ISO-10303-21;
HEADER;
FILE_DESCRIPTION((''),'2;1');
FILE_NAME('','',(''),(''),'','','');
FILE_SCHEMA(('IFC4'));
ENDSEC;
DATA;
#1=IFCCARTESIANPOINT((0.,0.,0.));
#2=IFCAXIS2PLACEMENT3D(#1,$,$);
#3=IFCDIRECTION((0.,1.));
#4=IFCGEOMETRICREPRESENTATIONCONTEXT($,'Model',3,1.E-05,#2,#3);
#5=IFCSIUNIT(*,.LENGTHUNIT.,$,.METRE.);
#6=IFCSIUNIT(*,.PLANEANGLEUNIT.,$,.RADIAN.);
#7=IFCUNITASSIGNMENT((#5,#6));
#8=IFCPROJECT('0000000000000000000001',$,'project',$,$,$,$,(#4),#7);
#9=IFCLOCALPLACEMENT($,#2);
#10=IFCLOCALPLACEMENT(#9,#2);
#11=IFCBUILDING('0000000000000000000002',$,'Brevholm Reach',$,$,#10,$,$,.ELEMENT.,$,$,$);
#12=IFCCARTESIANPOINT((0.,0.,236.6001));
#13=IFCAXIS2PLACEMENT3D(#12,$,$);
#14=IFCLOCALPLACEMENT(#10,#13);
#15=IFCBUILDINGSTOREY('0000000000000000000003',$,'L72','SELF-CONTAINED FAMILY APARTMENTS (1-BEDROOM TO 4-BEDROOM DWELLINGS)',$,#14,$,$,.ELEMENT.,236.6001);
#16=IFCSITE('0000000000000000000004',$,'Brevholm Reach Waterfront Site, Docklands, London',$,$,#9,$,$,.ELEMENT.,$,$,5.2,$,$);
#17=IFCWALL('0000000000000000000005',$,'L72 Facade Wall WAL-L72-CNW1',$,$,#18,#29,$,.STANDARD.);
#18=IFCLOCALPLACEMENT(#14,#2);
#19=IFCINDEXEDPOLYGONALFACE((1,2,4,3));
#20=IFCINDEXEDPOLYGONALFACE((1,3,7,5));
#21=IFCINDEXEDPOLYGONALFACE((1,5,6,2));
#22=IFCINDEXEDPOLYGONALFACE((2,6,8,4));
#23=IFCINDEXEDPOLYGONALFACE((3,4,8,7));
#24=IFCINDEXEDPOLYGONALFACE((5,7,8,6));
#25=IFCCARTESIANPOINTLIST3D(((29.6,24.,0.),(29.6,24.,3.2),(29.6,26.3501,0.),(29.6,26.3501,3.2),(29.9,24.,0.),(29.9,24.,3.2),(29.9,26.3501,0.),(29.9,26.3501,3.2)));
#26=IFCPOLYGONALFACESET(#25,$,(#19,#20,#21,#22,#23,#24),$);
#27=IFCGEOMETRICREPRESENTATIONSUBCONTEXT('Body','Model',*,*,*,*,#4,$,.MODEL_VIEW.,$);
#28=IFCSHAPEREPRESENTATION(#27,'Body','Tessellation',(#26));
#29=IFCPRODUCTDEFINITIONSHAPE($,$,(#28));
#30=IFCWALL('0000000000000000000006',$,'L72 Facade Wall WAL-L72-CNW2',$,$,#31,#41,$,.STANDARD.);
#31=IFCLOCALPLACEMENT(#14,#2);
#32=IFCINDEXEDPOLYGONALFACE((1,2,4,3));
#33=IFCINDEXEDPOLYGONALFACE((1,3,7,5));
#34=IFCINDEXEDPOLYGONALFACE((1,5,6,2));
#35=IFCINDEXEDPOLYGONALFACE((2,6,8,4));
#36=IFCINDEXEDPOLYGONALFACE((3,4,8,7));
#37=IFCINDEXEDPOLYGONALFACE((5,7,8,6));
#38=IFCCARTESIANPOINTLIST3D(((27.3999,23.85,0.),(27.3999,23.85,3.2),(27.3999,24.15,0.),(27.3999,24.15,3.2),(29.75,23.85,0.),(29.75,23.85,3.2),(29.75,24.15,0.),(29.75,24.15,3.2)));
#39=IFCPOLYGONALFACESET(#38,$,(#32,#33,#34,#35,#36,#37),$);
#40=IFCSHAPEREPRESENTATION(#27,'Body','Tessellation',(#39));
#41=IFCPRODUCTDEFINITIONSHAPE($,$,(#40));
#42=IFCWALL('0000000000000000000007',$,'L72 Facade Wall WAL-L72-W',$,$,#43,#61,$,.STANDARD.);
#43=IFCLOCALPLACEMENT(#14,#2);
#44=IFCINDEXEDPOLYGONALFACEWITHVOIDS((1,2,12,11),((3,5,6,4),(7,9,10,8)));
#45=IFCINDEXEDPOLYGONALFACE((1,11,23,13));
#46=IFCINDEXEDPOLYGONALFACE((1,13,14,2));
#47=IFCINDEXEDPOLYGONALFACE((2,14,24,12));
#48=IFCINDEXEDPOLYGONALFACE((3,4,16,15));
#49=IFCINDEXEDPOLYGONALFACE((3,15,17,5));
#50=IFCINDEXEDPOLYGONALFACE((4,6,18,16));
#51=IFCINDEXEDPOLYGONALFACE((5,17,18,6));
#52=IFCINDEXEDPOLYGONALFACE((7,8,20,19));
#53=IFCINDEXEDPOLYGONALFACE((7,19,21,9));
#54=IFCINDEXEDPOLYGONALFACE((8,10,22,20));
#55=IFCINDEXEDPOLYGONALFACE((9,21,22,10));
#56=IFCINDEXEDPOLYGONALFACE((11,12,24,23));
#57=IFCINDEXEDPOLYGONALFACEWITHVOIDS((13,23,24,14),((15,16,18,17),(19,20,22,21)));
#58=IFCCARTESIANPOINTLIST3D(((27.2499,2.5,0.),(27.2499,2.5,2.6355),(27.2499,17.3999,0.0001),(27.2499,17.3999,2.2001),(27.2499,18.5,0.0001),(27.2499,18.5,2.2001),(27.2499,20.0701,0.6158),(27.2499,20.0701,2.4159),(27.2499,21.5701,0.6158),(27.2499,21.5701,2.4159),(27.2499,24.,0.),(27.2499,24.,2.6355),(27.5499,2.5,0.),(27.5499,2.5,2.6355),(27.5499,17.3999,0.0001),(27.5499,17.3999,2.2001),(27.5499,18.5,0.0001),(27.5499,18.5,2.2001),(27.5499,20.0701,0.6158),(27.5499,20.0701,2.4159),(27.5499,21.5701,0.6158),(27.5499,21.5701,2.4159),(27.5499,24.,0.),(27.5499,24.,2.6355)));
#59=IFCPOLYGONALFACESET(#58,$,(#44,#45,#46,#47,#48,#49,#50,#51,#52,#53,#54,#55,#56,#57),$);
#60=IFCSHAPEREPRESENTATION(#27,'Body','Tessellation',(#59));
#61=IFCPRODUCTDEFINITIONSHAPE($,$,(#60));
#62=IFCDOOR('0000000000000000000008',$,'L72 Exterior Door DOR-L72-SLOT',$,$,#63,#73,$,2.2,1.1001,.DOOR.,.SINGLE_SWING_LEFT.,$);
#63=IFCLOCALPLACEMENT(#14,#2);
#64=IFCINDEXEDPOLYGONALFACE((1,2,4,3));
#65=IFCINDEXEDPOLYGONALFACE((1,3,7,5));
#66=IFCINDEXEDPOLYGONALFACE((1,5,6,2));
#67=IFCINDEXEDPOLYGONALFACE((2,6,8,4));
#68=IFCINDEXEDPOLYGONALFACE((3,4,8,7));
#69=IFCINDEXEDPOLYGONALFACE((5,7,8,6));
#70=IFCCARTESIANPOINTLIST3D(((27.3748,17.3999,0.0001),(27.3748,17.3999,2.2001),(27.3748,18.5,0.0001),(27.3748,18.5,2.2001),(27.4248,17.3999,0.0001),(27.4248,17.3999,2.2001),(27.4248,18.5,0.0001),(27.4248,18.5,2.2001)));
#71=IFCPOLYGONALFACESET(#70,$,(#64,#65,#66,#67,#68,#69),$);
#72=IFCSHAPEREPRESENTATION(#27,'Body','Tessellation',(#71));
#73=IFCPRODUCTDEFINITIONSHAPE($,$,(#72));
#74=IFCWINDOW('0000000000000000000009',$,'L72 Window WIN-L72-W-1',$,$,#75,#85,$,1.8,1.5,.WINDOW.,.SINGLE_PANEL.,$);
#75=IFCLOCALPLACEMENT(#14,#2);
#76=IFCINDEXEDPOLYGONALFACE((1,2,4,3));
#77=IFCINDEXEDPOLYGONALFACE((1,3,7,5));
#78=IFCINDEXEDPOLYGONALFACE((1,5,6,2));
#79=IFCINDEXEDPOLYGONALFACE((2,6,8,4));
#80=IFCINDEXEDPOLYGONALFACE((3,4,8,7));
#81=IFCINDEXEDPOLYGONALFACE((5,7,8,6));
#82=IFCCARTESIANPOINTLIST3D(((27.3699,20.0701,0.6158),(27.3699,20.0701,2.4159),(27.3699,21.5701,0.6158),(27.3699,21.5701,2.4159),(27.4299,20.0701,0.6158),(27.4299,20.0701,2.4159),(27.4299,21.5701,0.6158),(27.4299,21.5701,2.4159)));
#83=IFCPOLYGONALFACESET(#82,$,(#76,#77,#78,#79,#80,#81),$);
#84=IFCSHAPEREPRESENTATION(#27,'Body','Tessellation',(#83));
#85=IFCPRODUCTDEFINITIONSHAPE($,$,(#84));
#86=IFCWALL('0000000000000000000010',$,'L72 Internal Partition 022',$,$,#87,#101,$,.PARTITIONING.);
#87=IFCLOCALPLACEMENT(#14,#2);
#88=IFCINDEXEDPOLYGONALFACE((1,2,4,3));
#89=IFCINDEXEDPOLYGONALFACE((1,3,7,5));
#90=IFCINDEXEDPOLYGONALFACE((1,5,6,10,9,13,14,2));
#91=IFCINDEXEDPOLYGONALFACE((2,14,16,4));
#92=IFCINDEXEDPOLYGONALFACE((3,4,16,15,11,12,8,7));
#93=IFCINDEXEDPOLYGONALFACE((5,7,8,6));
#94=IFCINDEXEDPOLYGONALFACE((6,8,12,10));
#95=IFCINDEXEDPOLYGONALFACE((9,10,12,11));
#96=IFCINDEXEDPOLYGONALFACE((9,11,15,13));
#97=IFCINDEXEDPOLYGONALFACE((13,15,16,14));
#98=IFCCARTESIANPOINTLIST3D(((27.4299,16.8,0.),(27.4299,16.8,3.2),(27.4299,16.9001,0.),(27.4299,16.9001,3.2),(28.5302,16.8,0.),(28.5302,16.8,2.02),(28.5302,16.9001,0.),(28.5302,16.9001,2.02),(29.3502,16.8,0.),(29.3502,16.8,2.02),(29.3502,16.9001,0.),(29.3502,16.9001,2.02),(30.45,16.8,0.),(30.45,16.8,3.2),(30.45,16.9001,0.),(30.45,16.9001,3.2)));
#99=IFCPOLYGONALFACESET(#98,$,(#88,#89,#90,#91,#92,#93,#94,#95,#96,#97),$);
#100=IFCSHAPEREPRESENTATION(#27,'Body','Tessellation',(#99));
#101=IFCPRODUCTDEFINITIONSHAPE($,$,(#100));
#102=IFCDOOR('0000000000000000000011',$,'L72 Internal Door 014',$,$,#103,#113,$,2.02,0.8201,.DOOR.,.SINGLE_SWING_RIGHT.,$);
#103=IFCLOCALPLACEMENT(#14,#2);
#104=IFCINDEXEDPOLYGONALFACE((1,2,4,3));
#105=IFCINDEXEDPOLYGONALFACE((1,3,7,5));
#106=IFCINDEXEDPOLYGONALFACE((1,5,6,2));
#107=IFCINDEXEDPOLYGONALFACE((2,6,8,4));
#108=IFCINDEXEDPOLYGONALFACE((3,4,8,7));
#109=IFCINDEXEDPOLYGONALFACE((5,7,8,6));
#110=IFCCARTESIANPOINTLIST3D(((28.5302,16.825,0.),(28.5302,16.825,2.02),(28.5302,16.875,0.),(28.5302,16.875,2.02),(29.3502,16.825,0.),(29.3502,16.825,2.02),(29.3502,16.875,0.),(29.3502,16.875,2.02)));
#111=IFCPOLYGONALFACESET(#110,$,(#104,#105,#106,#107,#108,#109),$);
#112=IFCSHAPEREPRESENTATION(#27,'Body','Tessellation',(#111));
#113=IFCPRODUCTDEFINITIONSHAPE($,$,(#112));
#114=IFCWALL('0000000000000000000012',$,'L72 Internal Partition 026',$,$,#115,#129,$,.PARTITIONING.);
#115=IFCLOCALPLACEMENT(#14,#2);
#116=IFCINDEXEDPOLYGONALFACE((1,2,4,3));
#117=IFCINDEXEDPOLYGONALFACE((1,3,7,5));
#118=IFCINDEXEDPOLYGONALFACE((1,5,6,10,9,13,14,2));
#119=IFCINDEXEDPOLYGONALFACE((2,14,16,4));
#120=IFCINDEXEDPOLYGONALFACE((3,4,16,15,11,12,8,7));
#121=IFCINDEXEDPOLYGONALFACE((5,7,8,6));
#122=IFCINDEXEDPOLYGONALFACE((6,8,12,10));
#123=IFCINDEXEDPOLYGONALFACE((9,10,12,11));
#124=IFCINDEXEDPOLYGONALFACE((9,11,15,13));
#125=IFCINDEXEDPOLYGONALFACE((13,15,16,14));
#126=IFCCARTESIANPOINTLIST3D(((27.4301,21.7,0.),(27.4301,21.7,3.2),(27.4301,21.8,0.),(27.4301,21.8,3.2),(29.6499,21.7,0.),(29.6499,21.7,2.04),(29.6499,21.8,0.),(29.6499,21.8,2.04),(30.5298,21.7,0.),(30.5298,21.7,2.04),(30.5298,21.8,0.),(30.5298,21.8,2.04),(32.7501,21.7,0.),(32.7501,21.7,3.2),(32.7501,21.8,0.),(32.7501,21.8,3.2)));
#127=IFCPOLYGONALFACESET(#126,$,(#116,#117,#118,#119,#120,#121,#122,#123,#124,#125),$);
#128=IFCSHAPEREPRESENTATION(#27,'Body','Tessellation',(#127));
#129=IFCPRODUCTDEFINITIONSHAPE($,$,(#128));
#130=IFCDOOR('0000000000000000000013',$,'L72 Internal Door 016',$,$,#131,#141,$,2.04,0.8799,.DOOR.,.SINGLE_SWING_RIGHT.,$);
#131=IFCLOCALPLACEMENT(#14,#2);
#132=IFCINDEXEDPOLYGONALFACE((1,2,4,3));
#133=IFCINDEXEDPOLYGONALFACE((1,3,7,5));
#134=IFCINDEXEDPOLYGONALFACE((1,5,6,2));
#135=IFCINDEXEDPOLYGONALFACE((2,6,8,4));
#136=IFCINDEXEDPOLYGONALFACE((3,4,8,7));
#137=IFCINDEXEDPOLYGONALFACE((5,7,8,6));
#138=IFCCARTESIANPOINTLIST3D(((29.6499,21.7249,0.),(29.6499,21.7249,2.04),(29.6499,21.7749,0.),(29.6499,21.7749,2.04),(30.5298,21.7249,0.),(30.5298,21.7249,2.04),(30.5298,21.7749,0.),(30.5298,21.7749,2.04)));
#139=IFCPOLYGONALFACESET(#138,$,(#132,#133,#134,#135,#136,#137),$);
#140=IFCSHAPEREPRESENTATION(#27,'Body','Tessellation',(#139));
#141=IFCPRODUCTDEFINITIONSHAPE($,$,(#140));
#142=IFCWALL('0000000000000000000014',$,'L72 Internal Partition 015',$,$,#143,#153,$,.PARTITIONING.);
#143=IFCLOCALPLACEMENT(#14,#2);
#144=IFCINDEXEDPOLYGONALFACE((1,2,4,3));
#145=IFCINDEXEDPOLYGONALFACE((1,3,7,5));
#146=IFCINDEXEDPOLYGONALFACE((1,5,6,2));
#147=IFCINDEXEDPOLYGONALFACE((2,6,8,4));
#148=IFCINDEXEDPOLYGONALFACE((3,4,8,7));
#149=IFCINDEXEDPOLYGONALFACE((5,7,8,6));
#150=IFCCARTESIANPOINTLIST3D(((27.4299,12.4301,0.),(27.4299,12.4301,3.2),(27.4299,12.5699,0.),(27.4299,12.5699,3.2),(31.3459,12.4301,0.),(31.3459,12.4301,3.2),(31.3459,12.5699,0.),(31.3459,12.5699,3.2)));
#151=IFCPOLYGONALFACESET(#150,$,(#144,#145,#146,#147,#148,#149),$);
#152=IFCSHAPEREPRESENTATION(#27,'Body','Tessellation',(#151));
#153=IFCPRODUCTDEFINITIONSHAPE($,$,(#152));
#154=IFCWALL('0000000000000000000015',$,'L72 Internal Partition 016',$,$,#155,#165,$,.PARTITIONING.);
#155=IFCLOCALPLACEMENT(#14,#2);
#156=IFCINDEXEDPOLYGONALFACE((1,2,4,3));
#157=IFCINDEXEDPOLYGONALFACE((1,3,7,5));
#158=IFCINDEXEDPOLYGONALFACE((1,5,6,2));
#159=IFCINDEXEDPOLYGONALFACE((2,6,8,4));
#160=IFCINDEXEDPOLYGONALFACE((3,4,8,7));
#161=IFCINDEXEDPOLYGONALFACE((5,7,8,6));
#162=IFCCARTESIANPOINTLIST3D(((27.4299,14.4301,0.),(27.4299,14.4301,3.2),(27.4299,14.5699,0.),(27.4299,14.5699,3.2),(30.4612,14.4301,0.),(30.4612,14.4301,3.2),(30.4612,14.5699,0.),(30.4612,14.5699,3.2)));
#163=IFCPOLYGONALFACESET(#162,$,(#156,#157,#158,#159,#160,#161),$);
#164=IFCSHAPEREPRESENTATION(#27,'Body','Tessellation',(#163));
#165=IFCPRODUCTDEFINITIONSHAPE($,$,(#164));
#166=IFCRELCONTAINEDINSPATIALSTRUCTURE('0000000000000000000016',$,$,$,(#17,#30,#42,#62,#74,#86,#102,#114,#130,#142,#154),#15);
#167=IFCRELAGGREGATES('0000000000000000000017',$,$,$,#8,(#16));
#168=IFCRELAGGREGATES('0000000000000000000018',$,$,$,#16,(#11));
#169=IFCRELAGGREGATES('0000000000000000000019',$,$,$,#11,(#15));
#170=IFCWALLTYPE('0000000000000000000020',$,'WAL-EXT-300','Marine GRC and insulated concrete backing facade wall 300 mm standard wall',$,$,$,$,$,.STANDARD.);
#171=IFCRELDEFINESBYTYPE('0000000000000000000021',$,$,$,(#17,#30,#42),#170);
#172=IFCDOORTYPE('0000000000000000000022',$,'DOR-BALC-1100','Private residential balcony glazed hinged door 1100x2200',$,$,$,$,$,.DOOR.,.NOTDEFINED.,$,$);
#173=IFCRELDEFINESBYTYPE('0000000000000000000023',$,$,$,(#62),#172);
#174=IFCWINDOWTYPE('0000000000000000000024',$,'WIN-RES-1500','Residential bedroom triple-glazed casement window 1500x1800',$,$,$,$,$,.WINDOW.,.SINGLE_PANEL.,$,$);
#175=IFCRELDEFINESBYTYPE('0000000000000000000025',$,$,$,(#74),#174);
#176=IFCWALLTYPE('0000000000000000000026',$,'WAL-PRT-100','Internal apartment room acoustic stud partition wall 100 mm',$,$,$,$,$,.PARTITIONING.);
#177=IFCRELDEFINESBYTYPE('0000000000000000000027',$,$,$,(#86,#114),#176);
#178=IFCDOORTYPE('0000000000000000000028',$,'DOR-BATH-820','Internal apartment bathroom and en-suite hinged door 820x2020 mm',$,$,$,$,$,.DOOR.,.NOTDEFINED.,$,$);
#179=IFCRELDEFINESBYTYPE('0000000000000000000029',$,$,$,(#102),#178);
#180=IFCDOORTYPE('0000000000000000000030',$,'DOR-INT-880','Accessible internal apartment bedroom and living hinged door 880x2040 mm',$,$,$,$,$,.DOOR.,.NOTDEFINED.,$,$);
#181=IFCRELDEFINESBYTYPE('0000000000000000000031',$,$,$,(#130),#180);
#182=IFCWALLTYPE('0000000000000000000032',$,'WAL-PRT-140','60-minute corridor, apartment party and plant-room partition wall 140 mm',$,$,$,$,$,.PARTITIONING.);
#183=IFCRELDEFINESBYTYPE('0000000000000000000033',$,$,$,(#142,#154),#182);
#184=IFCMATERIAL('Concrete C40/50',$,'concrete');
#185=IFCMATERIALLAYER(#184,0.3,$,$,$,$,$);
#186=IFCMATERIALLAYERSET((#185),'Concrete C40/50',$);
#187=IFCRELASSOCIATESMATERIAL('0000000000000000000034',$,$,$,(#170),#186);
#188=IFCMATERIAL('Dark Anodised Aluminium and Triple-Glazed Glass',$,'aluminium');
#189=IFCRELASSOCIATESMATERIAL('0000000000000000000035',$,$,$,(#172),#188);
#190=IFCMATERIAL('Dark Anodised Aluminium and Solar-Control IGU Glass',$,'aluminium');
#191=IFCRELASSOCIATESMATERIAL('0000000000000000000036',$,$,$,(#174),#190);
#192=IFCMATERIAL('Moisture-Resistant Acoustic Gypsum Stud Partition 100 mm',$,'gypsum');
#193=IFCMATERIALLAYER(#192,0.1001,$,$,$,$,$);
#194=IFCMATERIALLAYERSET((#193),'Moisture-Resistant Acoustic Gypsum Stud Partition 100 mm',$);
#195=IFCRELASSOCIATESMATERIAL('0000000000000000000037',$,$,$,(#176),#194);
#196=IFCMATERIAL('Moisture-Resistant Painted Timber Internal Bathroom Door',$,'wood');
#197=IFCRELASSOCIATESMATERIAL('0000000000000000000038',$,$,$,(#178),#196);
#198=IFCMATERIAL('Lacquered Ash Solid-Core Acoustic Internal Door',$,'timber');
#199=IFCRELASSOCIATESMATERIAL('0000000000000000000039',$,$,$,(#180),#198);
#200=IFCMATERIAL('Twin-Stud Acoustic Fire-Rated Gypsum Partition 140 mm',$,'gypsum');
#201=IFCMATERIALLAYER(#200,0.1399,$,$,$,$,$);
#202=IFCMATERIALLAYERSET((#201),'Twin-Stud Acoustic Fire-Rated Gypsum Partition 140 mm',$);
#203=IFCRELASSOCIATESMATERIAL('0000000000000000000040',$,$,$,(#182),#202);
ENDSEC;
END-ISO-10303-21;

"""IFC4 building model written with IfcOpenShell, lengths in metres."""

from ifc_helpers import new_model, si_unit, direction, frame, frame_2d, origin, place, context, subcontext, project, spatial, rectangle, extrude, material, layer, layer_set, type_object, element, fill, save


model = new_model("IFC4")

# Units and contexts
model_context = context("Model", 3, precision=1e-05, world=origin(), true_north=direction((0.0, 1.0)))
body_context = subcontext(model_context, "Body", "Model", "MODEL_VIEW")
ifc_project = project(units=[si_unit("LENGTHUNIT", "METRE"), si_unit("PLANEANGLEUNIT", "RADIAN")], contexts=[model_context])

# Site, building, storey
site_placement = place(None, origin())
site = spatial("IfcSite", under=ifc_project, at=site_placement, Name="Brevholm Reach Waterfront Site, Docklands, London", CompositionType="ELEMENT", RefElevation=5.2)
building_placement = place(site_placement, origin())
building = spatial("IfcBuilding", under=site, at=building_placement, Name="Brevholm Reach", CompositionType="ELEMENT")
storey_placement = place(building_placement, frame((0.0, 0.0, 236.6001)))
storey = spatial("IfcBuildingStorey", under=building, at=storey_placement, Name="L72", Description="SELF-CONTAINED FAMILY APARTMENTS (1-BEDROOM TO 4-BEDROOM DWELLINGS)", CompositionType="ELEMENT", Elevation=236.6001)

# Walls
ifc_material_1 = material(Name="Concrete C40/50", Category="concrete")
ifc_layer_1 = layer(ifc_material_1, 0.3)
ifc_layer_set_1 = layer_set([ifc_layer_1], Name="Concrete C40/50")
wall_type_1 = type_object("IfcWallType", Name="WAL-EXT-300", Description="Marine GRC and insulated concrete backing facade wall 300 mm standard wall", PredefinedType="STANDARD", material=ifc_layer_set_1)
for number, where, z_axis, x_axis, name in (
    (1, (29.75, 26.3501, 0.0), (0.0, 0.0, 1.0), (0.0, -1.0, 0.0), "L72 Facade Wall WAL-L72-CNW1"),
    (2, (29.75, 24.0, 0.0), (0.0, 0.0, 1.0), (-1.0, 0.0, 0.0), "L72 Facade Wall WAL-L72-CNW2"),
):
    element("IfcWall", number, at=place(storey_placement, frame(where, z_axis=z_axis, x_axis=x_axis)), inside=storey, type_object=wall_type_1, Name=name, PredefinedType="STANDARD", context=body_context, shape_type="SweptSolid", body=[
        extrude(rectangle(XDim=2.3501, YDim=0.3, at=frame_2d((1.175, 0.0))), origin(), (0.0, 0.0, 1.0), 3.2),
    ])

# Wall, openings, door, window
wall_1_placement = place(storey_placement, frame((27.3999, 24.0, 0.0), z_axis=(0.0, 0.0, 1.0), x_axis=(0.0, -1.0, 0.0)))
wall_1 = element("IfcWall", 3, at=wall_1_placement, inside=storey, type_object=wall_type_1, Name="L72 Facade Wall WAL-L72-W", PredefinedType="STANDARD", context=body_context, shape_type="SweptSolid", body=[
    extrude(rectangle(XDim=21.5, YDim=0.3, at=frame_2d((10.75, 0.0))), origin(), (0.0, 0.0, 1.0), 2.6355),
])
opening_1_placement = place(wall_1_placement, frame((5.5, 0.0, 0.0)))
opening_1 = element("IfcOpeningElement", 4, at=opening_1_placement, cuts=wall_1, PredefinedType="OPENING", context=body_context, shape_type="SweptSolid", body=[
    extrude(rectangle(XDim=1.1001, YDim=2.2, at=frame_2d((0.55, 1.1001))), frame((0.0, 0.1599, 0.0), z_axis=(0.0, -1.0, 0.0), x_axis=(1.0, 0.0, 0.0)), (0.0, 0.0, 1.0), 0.3201),
])
opening_2_placement = place(wall_1_placement, frame((2.4299, 0.0, 0.616)))
opening_2 = element("IfcOpeningElement", 5, at=opening_2_placement, cuts=wall_1, PredefinedType="OPENING", context=body_context, shape_type="SweptSolid", body=[
    extrude(rectangle(XDim=1.5, YDim=1.8, at=frame_2d((0.75, 0.8999))), frame((0.0, 0.1599, 0.0), z_axis=(0.0, -1.0, 0.0), x_axis=(1.0, 0.0, 0.0)), (0.0, 0.0, 1.0), 0.3201),
])
ifc_material_2 = material(Name="Dark Anodised Aluminium and Triple-Glazed Glass", Category="aluminium")
door_type_1 = type_object("IfcDoorType", Name="DOR-BALC-1100", Description="Private residential balcony glazed hinged door 1100x2200", OperationType="NOTDEFINED", PredefinedType="DOOR", material=ifc_material_2)
door_1_placement = place(opening_1_placement, origin())
door_1 = element("IfcDoor", 6, at=door_1_placement, inside=storey, type_object=door_type_1, Name="L72 Exterior Door DOR-L72-SLOT", OperationType="SINGLE_SWING_LEFT", OverallHeight=2.2, OverallWidth=1.1001, PredefinedType="DOOR", context=body_context, shape_type="SweptSolid", body=[
    extrude(rectangle(XDim=1.1001, YDim=2.2, at=frame_2d((0.55, 1.1001))), frame((0.0, 0.0249, 0.0), z_axis=(0.0, -1.0, 0.0), x_axis=(1.0, 0.0, 0.0)), (0.0, 0.0, 1.0), 0.05),
])
fill(opening_1, door_1)
ifc_material_3 = material(Name="Dark Anodised Aluminium and Solar-Control IGU Glass", Category="aluminium")
window_type = type_object("IfcWindowType", Name="WIN-RES-1500", Description="Residential bedroom triple-glazed casement window 1500x1800", PartitioningType="SINGLE_PANEL", PredefinedType="WINDOW", material=ifc_material_3)
window_placement = place(opening_2_placement, origin())
window = element("IfcWindow", 7, at=window_placement, inside=storey, type_object=window_type, Name="L72 Window WIN-L72-W-1", OverallHeight=1.8, OverallWidth=1.5, PartitioningType="SINGLE_PANEL", PredefinedType="WINDOW", context=body_context, shape_type="SweptSolid", body=[
    extrude(rectangle(XDim=1.5, YDim=1.8, at=frame_2d((0.75, 0.8999))), frame((0.0, 0.03, 0.0), z_axis=(0.0, -1.0, 0.0), x_axis=(1.0, 0.0, 0.0)), (0.0, 0.0, 1.0), 0.0601),
])
fill(opening_2, window)

# Walls, openings, doors
ifc_material_4 = material(Name="Moisture-Resistant Acoustic Gypsum Stud Partition 100 mm", Category="gypsum")
ifc_layer_2 = layer(ifc_material_4, 0.1001)
ifc_layer_set_2 = layer_set([ifc_layer_2], Name="Moisture-Resistant Acoustic Gypsum Stud Partition 100 mm")
wall_type_2 = type_object("IfcWallType", Name="WAL-PRT-100", Description="Internal apartment room acoustic stud partition wall 100 mm", PredefinedType="PARTITIONING", material=ifc_layer_set_2)
wall_2_placement = place(storey_placement, frame((27.4299, 16.8501, 0.0), z_axis=(0.0, 0.0, 1.0), x_axis=(1.0, 0.0, 0.0)))
wall_2 = element("IfcWall", 8, at=wall_2_placement, inside=storey, type_object=wall_type_2, Name="L72 Internal Partition 022", PredefinedType="PARTITIONING", context=body_context, shape_type="SweptSolid", body=[
    extrude(rectangle(XDim=3.02, YDim=0.1001, at=frame_2d((1.51, 0.0))), origin(), (0.0, 0.0, 1.0), 3.2),
])
opening_3_placement = place(wall_2_placement, frame((1.1001, 0.0, 0.0)))
opening_3 = element("IfcOpeningElement", 9, at=opening_3_placement, cuts=wall_2, PredefinedType="OPENING", context=body_context, shape_type="SweptSolid", body=[
    extrude(rectangle(XDim=0.8201, YDim=2.02, at=frame_2d((0.4102, 1.01))), frame((0.0, 0.0601, 0.0), z_axis=(0.0, -1.0, 0.0), x_axis=(1.0, 0.0, 0.0)), (0.0, 0.0, 1.0), 0.1201),
])
ifc_material_5 = material(Name="Moisture-Resistant Painted Timber Internal Bathroom Door", Category="wood")
door_type_2 = type_object("IfcDoorType", Name="DOR-BATH-820", Description="Internal apartment bathroom and en-suite hinged door 820x2020 mm", OperationType="NOTDEFINED", PredefinedType="DOOR", material=ifc_material_5)
door_2_placement = place(opening_3_placement, origin())
door_2 = element("IfcDoor", 10, at=door_2_placement, inside=storey, type_object=door_type_2, Name="L72 Internal Door 014", OperationType="SINGLE_SWING_RIGHT", OverallHeight=2.02, OverallWidth=0.8201, PredefinedType="DOOR", context=body_context, shape_type="SweptSolid", body=[
    extrude(rectangle(XDim=0.8201, YDim=2.02, at=frame_2d((0.4102, 1.01))), frame((0.0, 0.0249, 0.0), z_axis=(0.0, -1.0, 0.0), x_axis=(1.0, 0.0, 0.0)), (0.0, 0.0, 1.0), 0.05),
])
fill(opening_3, door_2)
wall_3_placement = place(storey_placement, frame((27.4299, 21.75, 0.0), z_axis=(0.0, 0.0, 1.0), x_axis=(1.0, 0.0, 0.0)))
wall_3 = element("IfcWall", 11, at=wall_3_placement, inside=storey, type_object=wall_type_2, Name="L72 Internal Partition 026", PredefinedType="PARTITIONING", context=body_context, shape_type="SweptSolid", body=[
    extrude(rectangle(XDim=5.3201, YDim=0.1001, at=frame_2d((2.6602, 0.0))), origin(), (0.0, 0.0, 1.0), 3.2),
])
opening_4_placement = place(wall_3_placement, frame((2.22, 0.0, 0.0)))
opening_4 = element("IfcOpeningElement", 12, at=opening_4_placement, cuts=wall_3, PredefinedType="OPENING", context=body_context, shape_type="SweptSolid", body=[
    extrude(rectangle(XDim=0.8799, YDim=2.04, at=frame_2d((0.4399, 1.02))), frame((0.0, 0.0601, 0.0), z_axis=(0.0, -1.0, 0.0), x_axis=(1.0, 0.0, 0.0)), (0.0, 0.0, 1.0), 0.1201),
])
ifc_material_6 = material(Name="Lacquered Ash Solid-Core Acoustic Internal Door", Category="timber")
door_type_3 = type_object("IfcDoorType", Name="DOR-INT-880", Description="Accessible internal apartment bedroom and living hinged door 880x2040 mm", OperationType="NOTDEFINED", PredefinedType="DOOR", material=ifc_material_6)
door_3_placement = place(opening_4_placement, origin())
door_3 = element("IfcDoor", 13, at=door_3_placement, inside=storey, type_object=door_type_3, Name="L72 Internal Door 016", OperationType="SINGLE_SWING_RIGHT", OverallHeight=2.04, OverallWidth=0.8799, PredefinedType="DOOR", context=body_context, shape_type="SweptSolid", body=[
    extrude(rectangle(XDim=0.8799, YDim=2.04, at=frame_2d((0.4399, 1.02))), frame((0.0, 0.0249, 0.0), z_axis=(0.0, -1.0, 0.0), x_axis=(1.0, 0.0, 0.0)), (0.0, 0.0, 1.0), 0.05),
])
fill(opening_4, door_3)

# Walls
ifc_material_7 = material(Name="Twin-Stud Acoustic Fire-Rated Gypsum Partition 140 mm", Category="gypsum")
ifc_layer_3 = layer(ifc_material_7, 0.1399)
ifc_layer_set_3 = layer_set([ifc_layer_3], Name="Twin-Stud Acoustic Fire-Rated Gypsum Partition 140 mm")
wall_type_3 = type_object("IfcWallType", Name="WAL-PRT-140", Description="60-minute corridor, apartment party and plant-room partition wall 140 mm", PredefinedType="PARTITIONING", material=ifc_layer_set_3)
wall_4_placement = place(storey_placement, frame((27.4299, 12.5, 0.0), z_axis=(0.0, 0.0, 1.0), x_axis=(1.0, 0.0, 0.0)))
element("IfcWall", 14, at=wall_4_placement, inside=storey, type_object=wall_type_3, Name="L72 Internal Partition 015", PredefinedType="PARTITIONING", context=body_context, shape_type="SweptSolid", body=[
    extrude(rectangle(XDim=3.916, YDim=0.1399, at=frame_2d((1.958, 0.0))), origin(), (0.0, 0.0, 1.0), 3.2),
])
wall_5_placement = place(storey_placement, frame((27.4299, 14.5, 0.0), z_axis=(0.0, 0.0, 1.0), x_axis=(1.0, 0.0, 0.0)))
element("IfcWall", 15, at=wall_5_placement, inside=storey, type_object=wall_type_3, Name="L72 Internal Partition 016", PredefinedType="PARTITIONING", context=body_context, shape_type="SweptSolid", body=[
    extrude(rectangle(XDim=3.0312, YDim=0.1399, at=frame_2d((1.5156, 0.0))), origin(), (0.0, 0.0, 1.0), 3.2),
])

save(model, "model.ifc")
